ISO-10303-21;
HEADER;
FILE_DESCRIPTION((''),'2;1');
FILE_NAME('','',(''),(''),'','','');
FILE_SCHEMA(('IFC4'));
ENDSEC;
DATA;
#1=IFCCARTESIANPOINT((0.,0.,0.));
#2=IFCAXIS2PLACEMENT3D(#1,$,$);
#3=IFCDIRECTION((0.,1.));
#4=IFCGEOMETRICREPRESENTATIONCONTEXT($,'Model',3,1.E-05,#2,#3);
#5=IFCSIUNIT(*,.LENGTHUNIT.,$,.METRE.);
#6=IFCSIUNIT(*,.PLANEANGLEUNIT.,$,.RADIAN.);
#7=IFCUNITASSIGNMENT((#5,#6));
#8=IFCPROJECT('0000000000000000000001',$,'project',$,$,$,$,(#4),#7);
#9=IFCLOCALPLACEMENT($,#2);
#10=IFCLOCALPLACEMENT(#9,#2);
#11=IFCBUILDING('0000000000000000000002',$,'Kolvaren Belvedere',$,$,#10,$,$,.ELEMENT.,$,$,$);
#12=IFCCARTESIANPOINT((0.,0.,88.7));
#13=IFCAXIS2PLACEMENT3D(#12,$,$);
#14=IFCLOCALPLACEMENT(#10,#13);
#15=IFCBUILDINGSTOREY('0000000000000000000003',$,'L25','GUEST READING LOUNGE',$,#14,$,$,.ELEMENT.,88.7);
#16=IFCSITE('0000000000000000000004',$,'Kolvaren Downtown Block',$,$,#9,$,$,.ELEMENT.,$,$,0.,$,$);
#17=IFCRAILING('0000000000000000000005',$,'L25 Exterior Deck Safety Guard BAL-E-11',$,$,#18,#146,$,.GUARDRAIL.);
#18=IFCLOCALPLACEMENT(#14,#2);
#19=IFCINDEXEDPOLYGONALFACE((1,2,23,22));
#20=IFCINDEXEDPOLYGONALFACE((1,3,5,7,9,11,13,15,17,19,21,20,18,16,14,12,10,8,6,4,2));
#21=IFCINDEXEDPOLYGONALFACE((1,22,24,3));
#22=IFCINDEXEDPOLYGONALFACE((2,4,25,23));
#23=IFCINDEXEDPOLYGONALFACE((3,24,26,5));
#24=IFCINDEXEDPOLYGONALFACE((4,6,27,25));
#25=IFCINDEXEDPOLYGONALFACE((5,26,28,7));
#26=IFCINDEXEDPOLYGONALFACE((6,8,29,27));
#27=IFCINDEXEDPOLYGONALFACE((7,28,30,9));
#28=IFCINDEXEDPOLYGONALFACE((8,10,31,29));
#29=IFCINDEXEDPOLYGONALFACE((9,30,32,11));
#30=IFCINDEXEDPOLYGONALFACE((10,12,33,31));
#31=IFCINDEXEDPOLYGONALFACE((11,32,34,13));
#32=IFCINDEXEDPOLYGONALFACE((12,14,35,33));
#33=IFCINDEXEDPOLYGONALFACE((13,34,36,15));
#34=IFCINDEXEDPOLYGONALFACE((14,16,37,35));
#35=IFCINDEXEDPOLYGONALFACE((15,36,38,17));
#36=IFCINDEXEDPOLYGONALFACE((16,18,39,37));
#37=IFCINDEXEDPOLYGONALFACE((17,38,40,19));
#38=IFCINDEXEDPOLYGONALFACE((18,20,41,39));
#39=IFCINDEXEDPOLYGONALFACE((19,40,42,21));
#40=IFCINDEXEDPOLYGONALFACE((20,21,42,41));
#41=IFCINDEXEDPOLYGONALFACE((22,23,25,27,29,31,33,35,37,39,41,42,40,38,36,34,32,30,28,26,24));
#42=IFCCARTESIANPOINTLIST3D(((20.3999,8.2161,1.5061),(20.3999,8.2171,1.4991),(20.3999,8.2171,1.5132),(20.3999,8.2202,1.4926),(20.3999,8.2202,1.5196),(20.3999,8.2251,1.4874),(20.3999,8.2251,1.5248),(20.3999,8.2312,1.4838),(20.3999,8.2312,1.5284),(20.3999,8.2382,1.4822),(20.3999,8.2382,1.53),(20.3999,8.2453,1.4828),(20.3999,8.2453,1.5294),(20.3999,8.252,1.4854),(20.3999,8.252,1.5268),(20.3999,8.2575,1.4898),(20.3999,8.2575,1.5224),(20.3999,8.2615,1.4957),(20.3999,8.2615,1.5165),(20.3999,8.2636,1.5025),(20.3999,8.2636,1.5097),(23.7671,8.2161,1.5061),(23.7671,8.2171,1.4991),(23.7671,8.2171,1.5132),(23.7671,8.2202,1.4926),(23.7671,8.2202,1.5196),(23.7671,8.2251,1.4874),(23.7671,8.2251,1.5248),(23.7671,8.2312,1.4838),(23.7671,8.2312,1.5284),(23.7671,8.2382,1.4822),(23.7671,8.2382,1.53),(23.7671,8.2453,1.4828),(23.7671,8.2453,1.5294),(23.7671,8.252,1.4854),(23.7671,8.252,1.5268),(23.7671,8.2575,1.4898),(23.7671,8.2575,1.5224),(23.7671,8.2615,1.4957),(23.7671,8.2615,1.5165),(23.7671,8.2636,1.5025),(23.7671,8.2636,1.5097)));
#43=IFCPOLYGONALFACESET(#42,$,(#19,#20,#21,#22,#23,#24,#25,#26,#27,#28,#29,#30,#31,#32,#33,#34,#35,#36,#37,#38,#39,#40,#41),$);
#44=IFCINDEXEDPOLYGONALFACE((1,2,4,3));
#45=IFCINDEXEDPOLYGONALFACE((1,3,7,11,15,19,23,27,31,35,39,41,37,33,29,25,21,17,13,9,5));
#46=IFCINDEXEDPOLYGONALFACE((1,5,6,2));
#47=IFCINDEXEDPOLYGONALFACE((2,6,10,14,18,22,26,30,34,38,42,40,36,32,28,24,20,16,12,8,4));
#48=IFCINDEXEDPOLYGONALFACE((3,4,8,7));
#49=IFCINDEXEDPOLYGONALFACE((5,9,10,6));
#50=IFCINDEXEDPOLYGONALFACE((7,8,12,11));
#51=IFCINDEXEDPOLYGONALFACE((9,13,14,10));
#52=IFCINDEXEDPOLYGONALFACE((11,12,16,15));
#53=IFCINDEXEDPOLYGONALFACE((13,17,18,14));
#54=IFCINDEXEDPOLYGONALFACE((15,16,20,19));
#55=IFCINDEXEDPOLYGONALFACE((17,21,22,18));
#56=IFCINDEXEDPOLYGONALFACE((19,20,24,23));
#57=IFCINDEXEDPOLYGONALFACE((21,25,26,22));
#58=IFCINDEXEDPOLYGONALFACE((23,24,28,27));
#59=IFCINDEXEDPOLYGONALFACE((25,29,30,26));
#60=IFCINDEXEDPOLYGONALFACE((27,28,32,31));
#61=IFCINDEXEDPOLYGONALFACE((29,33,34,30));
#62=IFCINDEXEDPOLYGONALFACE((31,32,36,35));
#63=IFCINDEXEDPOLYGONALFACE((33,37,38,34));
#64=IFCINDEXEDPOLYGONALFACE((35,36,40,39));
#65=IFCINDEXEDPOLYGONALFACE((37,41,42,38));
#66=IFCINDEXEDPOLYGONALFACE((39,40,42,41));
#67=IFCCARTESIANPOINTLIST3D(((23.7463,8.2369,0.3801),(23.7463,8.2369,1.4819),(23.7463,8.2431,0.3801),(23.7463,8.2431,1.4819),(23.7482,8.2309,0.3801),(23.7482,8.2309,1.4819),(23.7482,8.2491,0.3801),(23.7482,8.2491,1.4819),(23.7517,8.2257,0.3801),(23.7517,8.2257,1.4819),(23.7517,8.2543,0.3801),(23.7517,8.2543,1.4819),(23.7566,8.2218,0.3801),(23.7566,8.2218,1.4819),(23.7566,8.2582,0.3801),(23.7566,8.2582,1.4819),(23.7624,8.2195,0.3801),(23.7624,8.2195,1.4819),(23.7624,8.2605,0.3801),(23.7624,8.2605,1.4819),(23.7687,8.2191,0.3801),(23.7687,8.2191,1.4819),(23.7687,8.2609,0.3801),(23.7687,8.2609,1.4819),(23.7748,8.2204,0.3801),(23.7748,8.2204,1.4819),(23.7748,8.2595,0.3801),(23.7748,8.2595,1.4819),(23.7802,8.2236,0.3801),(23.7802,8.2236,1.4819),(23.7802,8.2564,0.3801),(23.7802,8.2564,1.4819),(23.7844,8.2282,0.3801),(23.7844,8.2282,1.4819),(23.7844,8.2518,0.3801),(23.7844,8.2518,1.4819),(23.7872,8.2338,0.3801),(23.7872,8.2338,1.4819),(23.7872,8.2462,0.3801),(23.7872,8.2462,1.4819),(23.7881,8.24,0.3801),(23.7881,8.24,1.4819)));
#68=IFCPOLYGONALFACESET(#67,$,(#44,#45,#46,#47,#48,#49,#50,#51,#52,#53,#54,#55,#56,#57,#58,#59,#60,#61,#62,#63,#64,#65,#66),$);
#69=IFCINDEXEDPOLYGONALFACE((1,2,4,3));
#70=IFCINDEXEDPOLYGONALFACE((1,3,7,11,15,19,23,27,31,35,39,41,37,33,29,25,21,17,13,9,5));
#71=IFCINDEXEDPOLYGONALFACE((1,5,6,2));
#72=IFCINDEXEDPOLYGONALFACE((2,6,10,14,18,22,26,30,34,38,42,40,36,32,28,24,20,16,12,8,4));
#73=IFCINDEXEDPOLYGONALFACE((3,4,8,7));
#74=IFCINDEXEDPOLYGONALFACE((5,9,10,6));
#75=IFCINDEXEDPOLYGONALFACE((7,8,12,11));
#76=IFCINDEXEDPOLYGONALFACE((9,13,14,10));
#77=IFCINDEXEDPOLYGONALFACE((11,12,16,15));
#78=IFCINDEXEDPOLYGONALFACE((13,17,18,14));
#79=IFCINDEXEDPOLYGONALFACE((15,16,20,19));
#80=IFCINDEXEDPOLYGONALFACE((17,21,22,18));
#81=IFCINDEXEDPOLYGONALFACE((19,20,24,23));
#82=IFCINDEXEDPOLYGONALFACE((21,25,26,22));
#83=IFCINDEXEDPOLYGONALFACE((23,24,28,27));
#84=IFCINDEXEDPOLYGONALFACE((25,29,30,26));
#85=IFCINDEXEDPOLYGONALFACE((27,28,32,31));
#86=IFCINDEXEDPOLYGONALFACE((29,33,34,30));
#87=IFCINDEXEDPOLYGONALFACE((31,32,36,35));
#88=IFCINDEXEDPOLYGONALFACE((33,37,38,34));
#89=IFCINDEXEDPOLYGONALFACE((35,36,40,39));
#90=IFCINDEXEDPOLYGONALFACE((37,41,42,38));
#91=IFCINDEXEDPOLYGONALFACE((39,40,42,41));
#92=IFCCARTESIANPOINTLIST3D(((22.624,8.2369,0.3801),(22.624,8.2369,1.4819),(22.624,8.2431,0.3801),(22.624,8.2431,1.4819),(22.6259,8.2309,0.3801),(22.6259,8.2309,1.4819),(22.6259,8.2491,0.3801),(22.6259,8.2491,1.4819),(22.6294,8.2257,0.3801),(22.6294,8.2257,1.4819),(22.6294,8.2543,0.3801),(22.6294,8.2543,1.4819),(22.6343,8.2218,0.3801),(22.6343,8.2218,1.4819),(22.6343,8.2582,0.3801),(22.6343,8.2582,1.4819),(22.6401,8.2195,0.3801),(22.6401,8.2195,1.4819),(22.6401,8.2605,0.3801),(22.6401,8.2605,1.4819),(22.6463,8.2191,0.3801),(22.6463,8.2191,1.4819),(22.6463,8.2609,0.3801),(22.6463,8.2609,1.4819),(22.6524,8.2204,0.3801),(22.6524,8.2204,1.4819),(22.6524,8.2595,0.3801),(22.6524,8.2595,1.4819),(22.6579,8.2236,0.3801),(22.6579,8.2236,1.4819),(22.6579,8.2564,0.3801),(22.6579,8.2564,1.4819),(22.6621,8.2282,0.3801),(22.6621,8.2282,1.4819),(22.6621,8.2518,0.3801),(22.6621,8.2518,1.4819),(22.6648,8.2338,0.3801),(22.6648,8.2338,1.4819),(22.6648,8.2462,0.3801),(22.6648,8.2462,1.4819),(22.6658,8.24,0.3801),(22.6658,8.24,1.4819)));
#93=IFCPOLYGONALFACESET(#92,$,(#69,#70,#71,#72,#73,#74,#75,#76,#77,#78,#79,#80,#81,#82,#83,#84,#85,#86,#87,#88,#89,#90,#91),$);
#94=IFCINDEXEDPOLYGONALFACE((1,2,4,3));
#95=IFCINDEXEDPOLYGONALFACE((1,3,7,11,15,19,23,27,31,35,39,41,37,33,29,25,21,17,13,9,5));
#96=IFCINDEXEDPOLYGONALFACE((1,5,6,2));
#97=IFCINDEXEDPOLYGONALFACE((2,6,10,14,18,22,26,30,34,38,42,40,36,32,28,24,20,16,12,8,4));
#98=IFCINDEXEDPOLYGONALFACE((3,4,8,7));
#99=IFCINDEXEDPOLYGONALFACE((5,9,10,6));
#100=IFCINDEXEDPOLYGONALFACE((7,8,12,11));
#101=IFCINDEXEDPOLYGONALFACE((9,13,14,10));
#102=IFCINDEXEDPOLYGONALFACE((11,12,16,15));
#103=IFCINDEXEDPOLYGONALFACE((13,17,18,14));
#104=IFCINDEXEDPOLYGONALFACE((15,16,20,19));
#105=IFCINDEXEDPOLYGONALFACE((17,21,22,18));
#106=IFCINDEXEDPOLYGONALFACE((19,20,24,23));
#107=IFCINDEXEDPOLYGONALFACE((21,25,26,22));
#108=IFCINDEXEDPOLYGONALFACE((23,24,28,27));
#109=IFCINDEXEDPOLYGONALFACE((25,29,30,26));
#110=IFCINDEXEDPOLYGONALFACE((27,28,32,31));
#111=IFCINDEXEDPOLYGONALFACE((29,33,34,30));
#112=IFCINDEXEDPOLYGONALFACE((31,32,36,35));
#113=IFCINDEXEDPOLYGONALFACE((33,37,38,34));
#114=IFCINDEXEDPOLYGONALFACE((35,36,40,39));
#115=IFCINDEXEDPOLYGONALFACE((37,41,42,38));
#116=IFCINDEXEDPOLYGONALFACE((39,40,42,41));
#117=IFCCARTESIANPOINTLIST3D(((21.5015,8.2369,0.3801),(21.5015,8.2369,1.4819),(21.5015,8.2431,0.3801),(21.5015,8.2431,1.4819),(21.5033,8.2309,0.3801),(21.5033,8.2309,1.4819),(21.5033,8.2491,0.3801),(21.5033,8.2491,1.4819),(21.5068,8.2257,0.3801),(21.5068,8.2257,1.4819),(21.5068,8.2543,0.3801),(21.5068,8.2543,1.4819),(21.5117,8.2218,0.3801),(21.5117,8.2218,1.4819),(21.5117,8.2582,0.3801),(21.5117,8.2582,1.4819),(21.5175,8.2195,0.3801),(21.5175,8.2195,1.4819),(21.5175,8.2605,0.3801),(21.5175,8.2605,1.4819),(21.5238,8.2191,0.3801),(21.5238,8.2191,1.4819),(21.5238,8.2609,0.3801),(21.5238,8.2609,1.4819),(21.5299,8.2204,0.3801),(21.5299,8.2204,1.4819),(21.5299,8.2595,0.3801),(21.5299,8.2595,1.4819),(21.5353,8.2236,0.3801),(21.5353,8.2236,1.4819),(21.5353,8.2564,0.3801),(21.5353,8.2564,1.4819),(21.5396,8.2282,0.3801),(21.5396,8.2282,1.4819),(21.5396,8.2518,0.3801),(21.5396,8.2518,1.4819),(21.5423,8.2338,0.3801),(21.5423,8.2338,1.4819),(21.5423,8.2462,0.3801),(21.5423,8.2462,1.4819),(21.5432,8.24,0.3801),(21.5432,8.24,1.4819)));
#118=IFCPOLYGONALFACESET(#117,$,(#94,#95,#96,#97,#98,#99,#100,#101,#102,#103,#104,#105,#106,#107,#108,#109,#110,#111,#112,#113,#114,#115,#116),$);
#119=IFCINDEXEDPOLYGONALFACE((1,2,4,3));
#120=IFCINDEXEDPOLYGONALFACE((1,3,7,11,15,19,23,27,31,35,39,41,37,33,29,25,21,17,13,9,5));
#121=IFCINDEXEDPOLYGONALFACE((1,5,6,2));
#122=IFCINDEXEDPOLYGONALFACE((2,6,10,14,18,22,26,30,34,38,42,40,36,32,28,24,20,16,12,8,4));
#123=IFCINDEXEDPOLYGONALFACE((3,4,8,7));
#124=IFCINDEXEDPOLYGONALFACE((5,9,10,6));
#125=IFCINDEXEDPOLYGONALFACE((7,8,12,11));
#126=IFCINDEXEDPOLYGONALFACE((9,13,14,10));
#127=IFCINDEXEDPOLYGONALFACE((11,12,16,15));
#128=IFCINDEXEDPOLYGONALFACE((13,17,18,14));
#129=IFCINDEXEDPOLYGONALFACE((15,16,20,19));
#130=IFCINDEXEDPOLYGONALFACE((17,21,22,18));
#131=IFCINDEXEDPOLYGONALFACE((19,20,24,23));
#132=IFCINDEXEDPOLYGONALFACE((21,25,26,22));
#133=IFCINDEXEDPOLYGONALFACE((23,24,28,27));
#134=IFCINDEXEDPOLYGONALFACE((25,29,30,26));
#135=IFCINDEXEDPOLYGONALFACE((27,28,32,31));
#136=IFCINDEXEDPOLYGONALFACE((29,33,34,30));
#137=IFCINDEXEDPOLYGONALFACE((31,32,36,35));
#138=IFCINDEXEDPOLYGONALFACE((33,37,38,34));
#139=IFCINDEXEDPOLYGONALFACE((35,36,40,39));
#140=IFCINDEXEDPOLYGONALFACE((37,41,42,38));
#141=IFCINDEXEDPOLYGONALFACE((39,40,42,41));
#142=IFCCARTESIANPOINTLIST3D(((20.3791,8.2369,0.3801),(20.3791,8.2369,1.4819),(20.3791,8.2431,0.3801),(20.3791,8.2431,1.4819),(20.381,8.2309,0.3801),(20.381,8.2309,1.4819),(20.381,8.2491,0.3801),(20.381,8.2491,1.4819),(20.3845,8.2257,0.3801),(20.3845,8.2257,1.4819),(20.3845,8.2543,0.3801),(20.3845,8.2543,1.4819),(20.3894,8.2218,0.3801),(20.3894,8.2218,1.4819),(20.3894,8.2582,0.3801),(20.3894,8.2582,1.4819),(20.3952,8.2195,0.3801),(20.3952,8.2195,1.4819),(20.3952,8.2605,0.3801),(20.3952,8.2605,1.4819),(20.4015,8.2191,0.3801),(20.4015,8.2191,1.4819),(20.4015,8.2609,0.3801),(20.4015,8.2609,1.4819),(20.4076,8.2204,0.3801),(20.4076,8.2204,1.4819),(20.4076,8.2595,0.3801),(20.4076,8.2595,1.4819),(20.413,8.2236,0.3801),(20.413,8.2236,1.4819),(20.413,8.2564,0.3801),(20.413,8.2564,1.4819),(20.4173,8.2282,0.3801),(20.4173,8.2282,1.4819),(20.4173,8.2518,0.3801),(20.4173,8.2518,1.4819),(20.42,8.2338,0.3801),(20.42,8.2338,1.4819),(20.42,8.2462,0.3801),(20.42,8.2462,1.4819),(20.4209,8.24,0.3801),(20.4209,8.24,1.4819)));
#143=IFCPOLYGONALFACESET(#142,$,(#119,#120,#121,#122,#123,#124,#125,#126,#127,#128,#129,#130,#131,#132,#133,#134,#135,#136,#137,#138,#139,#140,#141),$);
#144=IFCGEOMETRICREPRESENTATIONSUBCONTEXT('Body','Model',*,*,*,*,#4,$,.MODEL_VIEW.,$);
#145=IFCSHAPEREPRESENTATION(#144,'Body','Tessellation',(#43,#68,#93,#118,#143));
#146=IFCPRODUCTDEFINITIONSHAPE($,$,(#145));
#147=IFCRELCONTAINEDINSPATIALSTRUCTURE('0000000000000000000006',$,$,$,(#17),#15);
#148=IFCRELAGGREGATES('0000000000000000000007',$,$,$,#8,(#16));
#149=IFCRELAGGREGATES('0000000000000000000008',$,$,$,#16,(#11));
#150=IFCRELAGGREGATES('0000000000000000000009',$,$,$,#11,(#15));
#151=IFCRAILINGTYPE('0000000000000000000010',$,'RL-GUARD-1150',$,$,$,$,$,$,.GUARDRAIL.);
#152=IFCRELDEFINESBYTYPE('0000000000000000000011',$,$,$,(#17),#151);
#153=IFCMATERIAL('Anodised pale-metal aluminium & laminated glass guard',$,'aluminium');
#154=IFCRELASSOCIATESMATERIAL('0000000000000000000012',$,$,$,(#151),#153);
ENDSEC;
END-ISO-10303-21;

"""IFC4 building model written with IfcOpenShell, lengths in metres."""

from ifc_helpers import new_model, si_unit, direction, frame, origin, origin_2d, place, context, subcontext, project, spatial, circle, extrude, material, type_object, element, save


model = new_model("IFC4")

# Units and contexts
model_context = context("Model", 3, precision=1e-05, world=origin(), true_north=direction((0.0, 1.0)))
body_context = subcontext(model_context, "Body", "Model", "MODEL_VIEW")
ifc_project = project(units=[si_unit("LENGTHUNIT", "METRE"), si_unit("PLANEANGLEUNIT", "RADIAN")], contexts=[model_context])

# Site, building, storey
site_placement = place(None, origin())
site = spatial("IfcSite", under=ifc_project, at=site_placement, Name="Kolvaren Downtown Block", CompositionType="ELEMENT", RefElevation=0.0)
building_placement = place(site_placement, origin())
building = spatial("IfcBuilding", under=site, at=building_placement, Name="Kolvaren Belvedere", CompositionType="ELEMENT")
storey_placement = place(building_placement, frame((0.0, 0.0, 88.7)))
storey = spatial("IfcBuildingStorey", under=building, at=storey_placement, Name="L25", Description="GUEST READING LOUNGE", CompositionType="ELEMENT", Elevation=88.7)

# Railing
ifc_material_1 = material(Name="Anodised pale-metal aluminium & laminated glass guard", Category="aluminium")
railing_type = type_object("IfcRailingType", Name="RL-GUARD-1150", PredefinedType="GUARDRAIL", material=ifc_material_1)
railing_1_placement = place(storey_placement, frame((23.7671, 8.24, 0.3801)))
element("IfcRailing", 1, at=railing_1_placement, inside=storey, type_object=railing_type, Name="L25 Exterior Deck Safety Guard BAL-E-11", PredefinedType="GUARDRAIL", context=body_context, shape_type="SweptSolid", body=[
    extrude(circle(Radius=0.0239, at=origin_2d()), frame((0.0, 0.0, 1.126), z_axis=(-1.0, 0.0, 0.0), x_axis=(0.0, -1.0, 0.0)), (0.0, 0.0, 1.0), 3.3672),
    extrude(circle(Radius=0.021, at=origin_2d()), origin(), (0.0, 0.0, 1.0), 1.1018),
    extrude(circle(Radius=0.021, at=origin_2d()), frame((-1.1223, 0.0, 0.0)), (0.0, 0.0, 1.0), 1.1018),
    extrude(circle(Radius=0.021, at=origin_2d()), frame((-2.2449, 0.0, 0.0)), (0.0, 0.0, 1.0), 1.1018),
    extrude(circle(Radius=0.021, at=origin_2d()), frame((-3.3672, 0.0, 0.0)), (0.0, 0.0, 1.0), 1.1018),
])

save(model, "model.ifc")
